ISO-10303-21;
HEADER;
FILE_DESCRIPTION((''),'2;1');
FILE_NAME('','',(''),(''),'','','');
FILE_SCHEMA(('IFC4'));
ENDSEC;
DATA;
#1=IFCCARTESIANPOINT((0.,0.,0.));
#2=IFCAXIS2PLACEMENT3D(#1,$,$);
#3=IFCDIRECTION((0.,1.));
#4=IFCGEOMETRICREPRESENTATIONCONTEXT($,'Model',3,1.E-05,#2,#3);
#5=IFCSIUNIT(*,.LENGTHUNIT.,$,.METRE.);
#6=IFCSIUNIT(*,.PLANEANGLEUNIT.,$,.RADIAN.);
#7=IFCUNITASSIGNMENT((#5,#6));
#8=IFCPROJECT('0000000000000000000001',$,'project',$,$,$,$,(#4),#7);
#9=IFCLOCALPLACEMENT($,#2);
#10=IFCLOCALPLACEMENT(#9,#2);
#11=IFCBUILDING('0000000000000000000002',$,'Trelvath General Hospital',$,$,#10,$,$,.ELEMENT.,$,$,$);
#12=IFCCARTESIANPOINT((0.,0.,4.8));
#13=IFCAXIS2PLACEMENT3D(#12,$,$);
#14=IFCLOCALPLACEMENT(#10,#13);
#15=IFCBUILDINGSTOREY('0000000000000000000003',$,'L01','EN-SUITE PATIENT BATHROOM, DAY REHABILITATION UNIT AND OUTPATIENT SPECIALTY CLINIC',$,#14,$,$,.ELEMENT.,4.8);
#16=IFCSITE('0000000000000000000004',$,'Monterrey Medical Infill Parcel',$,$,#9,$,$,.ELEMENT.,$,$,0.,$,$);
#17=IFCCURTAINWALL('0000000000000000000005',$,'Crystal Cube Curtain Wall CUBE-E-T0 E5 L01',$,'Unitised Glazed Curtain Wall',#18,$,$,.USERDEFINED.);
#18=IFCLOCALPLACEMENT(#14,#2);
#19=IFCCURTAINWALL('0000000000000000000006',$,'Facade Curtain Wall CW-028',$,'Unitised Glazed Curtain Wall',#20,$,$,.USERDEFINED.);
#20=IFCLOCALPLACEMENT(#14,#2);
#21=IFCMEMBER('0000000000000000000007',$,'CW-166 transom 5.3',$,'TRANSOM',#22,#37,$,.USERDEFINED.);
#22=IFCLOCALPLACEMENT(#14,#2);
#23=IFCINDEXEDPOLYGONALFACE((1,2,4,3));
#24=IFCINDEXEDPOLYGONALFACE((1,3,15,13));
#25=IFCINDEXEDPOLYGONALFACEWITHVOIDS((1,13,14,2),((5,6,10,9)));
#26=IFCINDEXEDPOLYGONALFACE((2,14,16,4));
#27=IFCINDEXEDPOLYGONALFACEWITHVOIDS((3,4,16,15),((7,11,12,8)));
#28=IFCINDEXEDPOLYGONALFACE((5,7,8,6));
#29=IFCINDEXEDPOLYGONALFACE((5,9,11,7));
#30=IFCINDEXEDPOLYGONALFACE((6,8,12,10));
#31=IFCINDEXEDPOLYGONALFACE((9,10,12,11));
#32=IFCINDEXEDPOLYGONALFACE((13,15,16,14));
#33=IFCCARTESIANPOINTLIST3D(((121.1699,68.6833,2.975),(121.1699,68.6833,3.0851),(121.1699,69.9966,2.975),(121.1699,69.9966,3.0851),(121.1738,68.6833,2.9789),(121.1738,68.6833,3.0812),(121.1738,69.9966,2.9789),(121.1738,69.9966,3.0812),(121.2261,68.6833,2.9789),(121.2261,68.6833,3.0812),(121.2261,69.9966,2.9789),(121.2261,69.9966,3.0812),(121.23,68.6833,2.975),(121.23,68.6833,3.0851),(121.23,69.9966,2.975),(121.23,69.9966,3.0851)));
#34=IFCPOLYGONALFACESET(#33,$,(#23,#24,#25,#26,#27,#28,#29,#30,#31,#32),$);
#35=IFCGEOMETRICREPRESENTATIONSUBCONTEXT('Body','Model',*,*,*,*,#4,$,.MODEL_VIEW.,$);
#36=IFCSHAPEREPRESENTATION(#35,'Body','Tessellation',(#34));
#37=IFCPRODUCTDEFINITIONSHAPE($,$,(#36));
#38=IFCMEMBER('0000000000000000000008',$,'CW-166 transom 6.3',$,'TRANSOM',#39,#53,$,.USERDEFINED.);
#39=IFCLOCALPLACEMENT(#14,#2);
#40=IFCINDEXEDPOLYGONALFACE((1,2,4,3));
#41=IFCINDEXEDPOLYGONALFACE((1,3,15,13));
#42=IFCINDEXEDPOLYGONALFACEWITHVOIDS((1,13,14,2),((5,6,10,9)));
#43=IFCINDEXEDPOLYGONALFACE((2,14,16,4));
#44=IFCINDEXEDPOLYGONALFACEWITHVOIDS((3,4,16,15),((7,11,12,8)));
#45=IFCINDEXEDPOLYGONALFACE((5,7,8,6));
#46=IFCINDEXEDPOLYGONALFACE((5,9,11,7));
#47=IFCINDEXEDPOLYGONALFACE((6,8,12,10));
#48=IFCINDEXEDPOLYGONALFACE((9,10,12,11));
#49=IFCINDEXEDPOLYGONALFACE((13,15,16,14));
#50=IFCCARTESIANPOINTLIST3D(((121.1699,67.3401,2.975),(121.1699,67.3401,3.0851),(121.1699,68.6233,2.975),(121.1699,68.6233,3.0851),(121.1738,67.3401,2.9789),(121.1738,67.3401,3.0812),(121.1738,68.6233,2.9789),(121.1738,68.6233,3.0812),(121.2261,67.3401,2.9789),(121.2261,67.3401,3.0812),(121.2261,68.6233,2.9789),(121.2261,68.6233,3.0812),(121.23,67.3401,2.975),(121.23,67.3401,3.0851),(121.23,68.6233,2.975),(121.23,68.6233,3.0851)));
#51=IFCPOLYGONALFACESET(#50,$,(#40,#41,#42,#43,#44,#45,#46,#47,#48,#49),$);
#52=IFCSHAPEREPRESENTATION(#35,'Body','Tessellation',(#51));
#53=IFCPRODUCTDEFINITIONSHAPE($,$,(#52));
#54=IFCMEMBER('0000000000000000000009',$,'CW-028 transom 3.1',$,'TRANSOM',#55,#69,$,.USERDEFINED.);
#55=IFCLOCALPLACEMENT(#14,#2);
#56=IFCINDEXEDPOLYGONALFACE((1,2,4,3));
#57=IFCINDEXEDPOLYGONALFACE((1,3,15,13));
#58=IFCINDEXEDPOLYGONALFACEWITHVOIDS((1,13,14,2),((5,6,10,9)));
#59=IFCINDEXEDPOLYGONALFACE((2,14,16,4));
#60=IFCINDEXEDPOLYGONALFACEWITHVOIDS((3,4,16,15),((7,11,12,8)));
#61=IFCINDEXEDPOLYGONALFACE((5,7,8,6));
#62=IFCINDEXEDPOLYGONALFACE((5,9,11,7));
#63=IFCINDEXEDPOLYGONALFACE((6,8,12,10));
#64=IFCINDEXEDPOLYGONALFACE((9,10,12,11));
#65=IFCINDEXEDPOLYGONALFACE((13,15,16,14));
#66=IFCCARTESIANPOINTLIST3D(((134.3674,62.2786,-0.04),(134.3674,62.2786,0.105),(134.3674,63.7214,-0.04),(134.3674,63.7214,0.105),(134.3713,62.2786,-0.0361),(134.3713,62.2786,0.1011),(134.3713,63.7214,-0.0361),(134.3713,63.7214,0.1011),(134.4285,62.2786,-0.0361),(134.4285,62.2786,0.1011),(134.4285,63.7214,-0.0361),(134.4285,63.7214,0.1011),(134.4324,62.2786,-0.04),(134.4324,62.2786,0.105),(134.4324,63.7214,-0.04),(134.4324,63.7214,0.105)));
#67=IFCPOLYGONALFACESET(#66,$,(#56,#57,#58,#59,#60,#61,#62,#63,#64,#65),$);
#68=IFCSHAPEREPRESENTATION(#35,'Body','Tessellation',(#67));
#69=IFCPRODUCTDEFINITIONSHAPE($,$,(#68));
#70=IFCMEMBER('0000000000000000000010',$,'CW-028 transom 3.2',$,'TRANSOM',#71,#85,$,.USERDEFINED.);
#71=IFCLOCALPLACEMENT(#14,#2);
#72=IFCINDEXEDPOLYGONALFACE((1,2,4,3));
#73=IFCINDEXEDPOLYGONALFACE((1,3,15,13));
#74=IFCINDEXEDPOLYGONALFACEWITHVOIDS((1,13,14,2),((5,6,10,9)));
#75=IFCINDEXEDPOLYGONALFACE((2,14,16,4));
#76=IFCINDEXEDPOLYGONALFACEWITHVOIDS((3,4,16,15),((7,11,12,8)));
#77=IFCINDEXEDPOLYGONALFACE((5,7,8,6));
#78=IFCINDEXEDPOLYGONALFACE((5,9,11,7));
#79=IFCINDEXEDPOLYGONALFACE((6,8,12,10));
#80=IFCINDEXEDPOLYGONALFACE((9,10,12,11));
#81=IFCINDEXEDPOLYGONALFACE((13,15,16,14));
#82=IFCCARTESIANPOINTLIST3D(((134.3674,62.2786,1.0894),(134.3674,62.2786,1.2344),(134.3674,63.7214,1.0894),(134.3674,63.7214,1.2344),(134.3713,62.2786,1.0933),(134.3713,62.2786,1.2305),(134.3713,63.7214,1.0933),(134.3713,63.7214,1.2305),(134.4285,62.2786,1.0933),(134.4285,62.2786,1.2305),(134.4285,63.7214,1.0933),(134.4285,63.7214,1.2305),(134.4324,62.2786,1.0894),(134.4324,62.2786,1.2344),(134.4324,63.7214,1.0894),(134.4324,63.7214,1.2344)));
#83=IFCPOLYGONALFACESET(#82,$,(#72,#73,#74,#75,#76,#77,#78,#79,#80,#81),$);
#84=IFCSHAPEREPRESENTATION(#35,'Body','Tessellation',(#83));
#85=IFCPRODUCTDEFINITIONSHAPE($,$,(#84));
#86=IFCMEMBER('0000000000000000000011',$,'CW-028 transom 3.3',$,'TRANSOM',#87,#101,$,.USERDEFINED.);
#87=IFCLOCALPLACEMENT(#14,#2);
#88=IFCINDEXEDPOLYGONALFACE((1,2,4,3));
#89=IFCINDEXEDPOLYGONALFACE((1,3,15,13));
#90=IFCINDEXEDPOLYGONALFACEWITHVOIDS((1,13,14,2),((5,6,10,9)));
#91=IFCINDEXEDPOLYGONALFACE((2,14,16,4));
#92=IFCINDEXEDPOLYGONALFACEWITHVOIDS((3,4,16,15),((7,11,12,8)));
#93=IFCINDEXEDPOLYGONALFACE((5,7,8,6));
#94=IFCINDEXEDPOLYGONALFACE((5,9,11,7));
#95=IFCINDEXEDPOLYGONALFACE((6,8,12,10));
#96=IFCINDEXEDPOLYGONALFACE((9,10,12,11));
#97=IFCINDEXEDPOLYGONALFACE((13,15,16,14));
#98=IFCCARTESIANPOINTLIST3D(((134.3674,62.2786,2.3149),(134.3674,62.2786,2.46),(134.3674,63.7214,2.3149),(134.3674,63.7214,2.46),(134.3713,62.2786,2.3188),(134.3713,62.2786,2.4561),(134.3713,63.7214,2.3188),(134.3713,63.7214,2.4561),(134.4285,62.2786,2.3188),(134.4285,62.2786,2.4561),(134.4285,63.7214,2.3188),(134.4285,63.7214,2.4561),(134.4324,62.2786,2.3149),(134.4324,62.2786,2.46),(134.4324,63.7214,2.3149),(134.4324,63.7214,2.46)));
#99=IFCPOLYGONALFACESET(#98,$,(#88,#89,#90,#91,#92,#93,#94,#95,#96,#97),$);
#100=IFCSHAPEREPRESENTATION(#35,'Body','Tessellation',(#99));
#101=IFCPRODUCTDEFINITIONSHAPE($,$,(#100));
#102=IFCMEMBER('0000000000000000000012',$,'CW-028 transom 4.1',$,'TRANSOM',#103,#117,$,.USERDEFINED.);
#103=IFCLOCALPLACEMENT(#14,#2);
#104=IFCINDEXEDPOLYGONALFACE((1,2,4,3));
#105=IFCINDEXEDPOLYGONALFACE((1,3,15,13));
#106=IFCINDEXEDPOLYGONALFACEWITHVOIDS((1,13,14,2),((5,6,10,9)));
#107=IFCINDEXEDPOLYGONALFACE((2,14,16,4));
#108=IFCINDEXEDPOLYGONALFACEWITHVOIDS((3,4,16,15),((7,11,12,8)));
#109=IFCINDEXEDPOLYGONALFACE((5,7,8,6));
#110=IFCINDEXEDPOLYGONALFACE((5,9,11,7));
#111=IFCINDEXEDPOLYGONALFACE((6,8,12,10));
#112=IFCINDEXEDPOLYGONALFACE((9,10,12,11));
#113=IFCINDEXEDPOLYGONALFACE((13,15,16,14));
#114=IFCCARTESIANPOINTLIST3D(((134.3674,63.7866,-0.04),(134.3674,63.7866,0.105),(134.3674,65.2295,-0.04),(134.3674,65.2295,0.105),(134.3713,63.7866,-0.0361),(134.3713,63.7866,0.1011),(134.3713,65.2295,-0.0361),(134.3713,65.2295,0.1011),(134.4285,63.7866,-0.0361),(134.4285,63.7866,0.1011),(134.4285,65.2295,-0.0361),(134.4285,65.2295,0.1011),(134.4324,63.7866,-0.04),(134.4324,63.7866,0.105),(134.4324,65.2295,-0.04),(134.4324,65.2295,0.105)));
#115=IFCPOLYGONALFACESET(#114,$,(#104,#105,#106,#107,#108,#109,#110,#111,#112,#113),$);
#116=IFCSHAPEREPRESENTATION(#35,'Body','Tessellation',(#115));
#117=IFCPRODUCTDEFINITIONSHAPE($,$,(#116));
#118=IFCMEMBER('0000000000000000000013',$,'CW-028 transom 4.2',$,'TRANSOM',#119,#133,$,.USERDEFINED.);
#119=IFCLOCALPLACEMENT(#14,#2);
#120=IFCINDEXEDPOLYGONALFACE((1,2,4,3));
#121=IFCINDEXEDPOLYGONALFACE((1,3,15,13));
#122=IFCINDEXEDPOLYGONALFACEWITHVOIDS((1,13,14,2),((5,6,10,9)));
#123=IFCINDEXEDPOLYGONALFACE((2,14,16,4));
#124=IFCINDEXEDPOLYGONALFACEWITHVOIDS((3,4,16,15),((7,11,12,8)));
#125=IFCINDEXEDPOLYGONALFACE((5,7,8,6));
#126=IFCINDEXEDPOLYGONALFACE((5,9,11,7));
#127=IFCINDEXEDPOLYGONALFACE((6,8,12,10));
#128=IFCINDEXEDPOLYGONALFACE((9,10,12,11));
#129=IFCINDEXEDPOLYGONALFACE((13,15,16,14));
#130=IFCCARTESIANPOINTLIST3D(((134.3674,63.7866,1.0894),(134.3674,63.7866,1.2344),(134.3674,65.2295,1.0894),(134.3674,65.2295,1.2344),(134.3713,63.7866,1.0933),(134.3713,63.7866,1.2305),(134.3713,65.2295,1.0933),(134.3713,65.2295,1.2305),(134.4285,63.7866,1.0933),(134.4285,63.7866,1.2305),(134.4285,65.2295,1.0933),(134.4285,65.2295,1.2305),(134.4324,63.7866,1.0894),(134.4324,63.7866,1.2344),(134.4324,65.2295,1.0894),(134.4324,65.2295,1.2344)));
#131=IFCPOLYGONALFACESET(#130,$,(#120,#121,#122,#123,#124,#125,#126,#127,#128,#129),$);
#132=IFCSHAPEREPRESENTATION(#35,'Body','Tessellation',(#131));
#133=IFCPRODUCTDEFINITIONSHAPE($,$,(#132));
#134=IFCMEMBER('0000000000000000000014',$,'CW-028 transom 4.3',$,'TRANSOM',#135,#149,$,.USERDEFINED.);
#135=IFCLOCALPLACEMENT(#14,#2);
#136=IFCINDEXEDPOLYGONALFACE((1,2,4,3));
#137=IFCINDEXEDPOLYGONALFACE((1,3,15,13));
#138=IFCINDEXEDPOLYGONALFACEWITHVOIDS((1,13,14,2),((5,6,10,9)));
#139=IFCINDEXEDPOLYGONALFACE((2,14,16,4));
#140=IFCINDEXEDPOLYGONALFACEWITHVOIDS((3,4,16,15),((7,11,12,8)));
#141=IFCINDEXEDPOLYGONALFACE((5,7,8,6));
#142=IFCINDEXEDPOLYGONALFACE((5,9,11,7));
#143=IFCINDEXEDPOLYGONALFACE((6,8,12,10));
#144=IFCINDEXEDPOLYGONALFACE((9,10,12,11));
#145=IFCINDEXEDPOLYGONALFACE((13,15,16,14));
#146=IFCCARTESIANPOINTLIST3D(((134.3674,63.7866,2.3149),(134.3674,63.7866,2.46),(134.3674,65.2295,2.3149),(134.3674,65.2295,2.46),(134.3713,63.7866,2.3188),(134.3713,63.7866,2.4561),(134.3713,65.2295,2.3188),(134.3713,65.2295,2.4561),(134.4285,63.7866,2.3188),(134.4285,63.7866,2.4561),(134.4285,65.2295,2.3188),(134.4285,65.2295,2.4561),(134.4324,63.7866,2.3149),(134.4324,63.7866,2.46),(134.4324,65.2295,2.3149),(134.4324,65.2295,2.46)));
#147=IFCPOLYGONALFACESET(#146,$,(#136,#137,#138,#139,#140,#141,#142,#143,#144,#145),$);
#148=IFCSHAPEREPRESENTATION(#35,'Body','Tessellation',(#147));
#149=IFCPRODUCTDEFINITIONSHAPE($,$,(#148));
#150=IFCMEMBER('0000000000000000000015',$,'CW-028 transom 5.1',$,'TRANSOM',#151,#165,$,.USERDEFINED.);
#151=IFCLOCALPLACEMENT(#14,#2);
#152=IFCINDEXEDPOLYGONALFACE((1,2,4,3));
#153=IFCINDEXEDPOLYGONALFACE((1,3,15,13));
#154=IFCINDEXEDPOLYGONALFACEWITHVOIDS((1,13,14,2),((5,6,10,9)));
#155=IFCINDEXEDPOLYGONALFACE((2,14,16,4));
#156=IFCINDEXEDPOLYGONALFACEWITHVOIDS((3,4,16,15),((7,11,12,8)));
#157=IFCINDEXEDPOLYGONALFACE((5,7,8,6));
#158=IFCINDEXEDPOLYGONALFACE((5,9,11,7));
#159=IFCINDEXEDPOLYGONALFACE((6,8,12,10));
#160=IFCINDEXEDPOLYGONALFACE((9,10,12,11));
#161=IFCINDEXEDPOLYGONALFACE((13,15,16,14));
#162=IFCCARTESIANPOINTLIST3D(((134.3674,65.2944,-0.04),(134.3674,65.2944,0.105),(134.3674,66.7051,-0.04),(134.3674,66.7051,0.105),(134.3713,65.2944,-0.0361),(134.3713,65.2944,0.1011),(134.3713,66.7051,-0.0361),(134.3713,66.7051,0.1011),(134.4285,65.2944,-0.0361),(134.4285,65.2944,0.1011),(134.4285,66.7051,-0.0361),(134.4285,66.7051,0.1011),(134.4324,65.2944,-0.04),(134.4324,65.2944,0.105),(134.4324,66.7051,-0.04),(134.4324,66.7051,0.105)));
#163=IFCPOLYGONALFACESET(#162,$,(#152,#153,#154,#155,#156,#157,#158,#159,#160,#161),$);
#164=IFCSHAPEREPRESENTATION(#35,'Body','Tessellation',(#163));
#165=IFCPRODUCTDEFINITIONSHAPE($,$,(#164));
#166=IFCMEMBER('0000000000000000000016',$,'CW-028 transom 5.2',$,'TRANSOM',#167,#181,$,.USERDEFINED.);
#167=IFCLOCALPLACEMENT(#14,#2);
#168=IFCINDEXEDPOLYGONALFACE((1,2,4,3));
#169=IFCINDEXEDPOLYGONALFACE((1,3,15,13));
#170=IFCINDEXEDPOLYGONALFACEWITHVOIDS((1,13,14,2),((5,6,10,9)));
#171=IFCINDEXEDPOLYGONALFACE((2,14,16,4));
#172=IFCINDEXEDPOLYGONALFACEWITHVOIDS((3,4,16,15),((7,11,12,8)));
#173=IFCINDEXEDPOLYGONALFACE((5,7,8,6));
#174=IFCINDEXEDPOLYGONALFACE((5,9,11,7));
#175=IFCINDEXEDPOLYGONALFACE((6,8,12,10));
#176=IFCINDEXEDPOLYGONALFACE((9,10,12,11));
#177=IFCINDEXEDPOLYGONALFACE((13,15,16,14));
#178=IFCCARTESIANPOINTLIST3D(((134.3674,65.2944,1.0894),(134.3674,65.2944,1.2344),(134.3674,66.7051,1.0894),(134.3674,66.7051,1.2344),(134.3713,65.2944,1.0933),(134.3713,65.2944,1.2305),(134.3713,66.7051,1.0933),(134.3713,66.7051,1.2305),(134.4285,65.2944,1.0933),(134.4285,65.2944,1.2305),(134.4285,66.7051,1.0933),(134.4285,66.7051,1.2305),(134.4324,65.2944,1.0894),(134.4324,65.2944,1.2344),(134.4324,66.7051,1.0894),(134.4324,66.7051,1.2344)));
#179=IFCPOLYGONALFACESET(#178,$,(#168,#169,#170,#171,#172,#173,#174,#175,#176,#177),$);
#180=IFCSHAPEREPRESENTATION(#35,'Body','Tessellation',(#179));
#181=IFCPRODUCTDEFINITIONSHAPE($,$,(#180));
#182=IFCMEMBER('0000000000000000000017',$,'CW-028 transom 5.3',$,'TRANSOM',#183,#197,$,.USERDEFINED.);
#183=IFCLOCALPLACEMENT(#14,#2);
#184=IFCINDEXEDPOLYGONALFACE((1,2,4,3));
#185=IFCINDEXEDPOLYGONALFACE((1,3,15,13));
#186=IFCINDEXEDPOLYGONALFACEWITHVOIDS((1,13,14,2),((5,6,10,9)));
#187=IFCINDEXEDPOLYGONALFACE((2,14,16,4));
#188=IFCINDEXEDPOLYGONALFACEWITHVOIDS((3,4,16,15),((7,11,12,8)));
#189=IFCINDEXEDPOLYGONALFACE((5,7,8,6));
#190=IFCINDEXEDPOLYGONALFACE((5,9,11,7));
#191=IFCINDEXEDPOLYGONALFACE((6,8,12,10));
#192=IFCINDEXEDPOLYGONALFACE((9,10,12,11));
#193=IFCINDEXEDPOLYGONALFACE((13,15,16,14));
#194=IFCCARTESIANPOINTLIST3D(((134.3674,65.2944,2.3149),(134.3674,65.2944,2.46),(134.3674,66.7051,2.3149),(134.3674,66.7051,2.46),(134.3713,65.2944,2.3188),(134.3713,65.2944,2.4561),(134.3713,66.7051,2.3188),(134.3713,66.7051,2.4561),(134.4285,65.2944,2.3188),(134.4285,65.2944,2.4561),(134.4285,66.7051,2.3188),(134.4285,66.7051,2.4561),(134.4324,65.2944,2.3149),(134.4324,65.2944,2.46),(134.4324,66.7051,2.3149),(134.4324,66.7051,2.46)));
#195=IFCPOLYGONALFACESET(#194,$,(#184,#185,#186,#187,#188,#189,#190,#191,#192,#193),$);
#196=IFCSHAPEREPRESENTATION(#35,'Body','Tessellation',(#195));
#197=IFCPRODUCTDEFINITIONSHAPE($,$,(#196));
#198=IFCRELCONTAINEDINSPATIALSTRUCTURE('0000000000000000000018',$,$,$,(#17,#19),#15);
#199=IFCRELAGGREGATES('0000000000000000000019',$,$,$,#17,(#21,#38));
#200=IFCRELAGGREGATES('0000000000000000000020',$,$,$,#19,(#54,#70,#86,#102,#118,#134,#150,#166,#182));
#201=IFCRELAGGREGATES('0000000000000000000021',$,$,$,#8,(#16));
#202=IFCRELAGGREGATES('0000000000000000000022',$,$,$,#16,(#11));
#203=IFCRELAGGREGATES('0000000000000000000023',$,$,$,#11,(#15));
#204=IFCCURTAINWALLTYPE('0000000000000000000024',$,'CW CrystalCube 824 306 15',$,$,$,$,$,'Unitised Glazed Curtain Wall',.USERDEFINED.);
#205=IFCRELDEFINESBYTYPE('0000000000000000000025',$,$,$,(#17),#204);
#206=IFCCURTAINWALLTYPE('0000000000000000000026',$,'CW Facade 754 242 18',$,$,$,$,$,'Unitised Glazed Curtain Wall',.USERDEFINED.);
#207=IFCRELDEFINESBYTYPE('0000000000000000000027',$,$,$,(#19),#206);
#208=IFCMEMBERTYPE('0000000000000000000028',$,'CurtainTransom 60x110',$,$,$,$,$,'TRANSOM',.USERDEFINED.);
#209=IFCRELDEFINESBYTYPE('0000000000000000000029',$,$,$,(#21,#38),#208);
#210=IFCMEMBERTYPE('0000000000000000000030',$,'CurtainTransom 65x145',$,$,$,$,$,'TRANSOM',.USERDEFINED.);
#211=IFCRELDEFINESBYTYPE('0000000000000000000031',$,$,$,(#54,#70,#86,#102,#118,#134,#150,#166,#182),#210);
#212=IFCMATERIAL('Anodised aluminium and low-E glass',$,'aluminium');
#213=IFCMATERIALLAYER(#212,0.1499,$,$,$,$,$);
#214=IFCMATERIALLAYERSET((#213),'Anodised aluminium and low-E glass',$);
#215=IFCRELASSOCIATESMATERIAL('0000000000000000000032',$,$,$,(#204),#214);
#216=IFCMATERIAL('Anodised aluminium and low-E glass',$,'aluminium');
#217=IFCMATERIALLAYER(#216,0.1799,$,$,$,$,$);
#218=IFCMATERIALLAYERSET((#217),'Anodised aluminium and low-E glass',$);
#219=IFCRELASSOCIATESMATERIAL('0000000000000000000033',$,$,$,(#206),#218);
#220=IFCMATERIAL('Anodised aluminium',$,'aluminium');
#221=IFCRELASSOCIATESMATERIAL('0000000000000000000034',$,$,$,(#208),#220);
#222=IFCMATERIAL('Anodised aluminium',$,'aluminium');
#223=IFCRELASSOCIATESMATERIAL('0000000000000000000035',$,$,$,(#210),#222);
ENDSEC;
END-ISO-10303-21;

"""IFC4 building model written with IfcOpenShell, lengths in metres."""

from ifc_helpers import new_model, si_unit, direction, frame, origin, origin_2d, place, context, subcontext, project, spatial, hollow_rectangle, extrude, material, layer, layer_set, material_profile, profile_set, type_object, element, aggregate, save


model = new_model("IFC4")

# Units and contexts
model_context = context("Model", 3, precision=1e-05, world=origin(), true_north=direction((0.0, 1.0)))
body_context = subcontext(model_context, "Body", "Model", "MODEL_VIEW")
ifc_project = project(units=[si_unit("LENGTHUNIT", "METRE"), si_unit("PLANEANGLEUNIT", "RADIAN")], contexts=[model_context])

# Site, building, storey
site_placement = place(None, origin())
site = spatial("IfcSite", under=ifc_project, at=site_placement, Name="Monterrey Medical Infill Parcel", CompositionType="ELEMENT", RefElevation=0.0)
building_placement = place(site_placement, origin())
building = spatial("IfcBuilding", under=site, at=building_placement, Name="Trelvath General Hospital", CompositionType="ELEMENT")
storey_placement = place(building_placement, frame((0.0, 0.0, 4.8)))
storey = spatial("IfcBuildingStorey", under=building, at=storey_placement, Name="L01", Description="EN-SUITE PATIENT BATHROOM, DAY REHABILITATION UNIT AND OUTPATIENT SPECIALTY CLINIC", CompositionType="ELEMENT", Elevation=4.8)

# Curtain walls
ifc_material_1 = material(Name="Anodised aluminium and low-E glass", Category="aluminium")
ifc_layer_1 = layer(ifc_material_1, 0.1499)
ifc_layer_set_1 = layer_set([ifc_layer_1], Name="Anodised aluminium and low-E glass")
curtain_wall_type_1 = type_object("IfcCurtainWallType", Name="CW CrystalCube 824 306 15", ElementType="Unitised Glazed Curtain Wall", PredefinedType="USERDEFINED", material=ifc_layer_set_1)
curtain_wall_1_placement = place(storey_placement, origin())
curtain_wall_1 = element("IfcCurtainWall", 1, at=curtain_wall_1_placement, inside=storey, type_object=curtain_wall_type_1, Name="Crystal Cube Curtain Wall CUBE-E-T0 E5 L01", ObjectType="Unitised Glazed Curtain Wall", PredefinedType="USERDEFINED")
ifc_material_2 = material(Name="Anodised aluminium and low-E glass", Category="aluminium")
ifc_layer_2 = layer(ifc_material_2, 0.1799)
ifc_layer_set_2 = layer_set([ifc_layer_2], Name="Anodised aluminium and low-E glass")
curtain_wall_type_2 = type_object("IfcCurtainWallType", Name="CW Facade 754 242 18", ElementType="Unitised Glazed Curtain Wall", PredefinedType="USERDEFINED", material=ifc_layer_set_2)
curtain_wall_2_placement = place(storey_placement, origin())
curtain_wall_2 = element("IfcCurtainWall", 2, at=curtain_wall_2_placement, inside=storey, type_object=curtain_wall_type_2, Name="Facade Curtain Wall CW-028", ObjectType="Unitised Glazed Curtain Wall", PredefinedType="USERDEFINED")

# Members
ifc_material_3 = material(Name="Anodised aluminium", Category="aluminium")
ifc_material_profile_1 = material_profile(ifc_material_3, hollow_rectangle(XDim=0.0601, YDim=0.1101, WallThickness=0.0039, at=origin_2d()), Name="RHS60x110x4")
ifc_profile_set_1 = profile_set([ifc_material_profile_1], Name="Anodised aluminium")
member_type_1 = type_object("IfcMemberType", Name="CurtainTransom 60x110", ElementType="TRANSOM", PredefinedType="USERDEFINED", material=ifc_profile_set_1)
member_1_placement = place(storey_placement, frame((121.2, 69.9966, 3.03), z_axis=(0.0, -1.0, 0.0), x_axis=(1.0, 0.0, 0.0)))
member_1 = element("IfcMember", 3, at=member_1_placement, type_object=member_type_1, Name="CW-166 transom 5.3", ObjectType="TRANSOM", PredefinedType="USERDEFINED", context=body_context, shape_type="SweptSolid", body=[
    extrude(hollow_rectangle(XDim=0.0601, YDim=0.1101, WallThickness=0.0039, at=origin_2d()), origin(), (0.0, 0.0, 1.0), 1.3132),
])
member_2_placement = place(storey_placement, frame((121.2, 68.6233, 3.03), z_axis=(0.0, -1.0, 0.0), x_axis=(1.0, 0.0, 0.0)))
member_2 = element("IfcMember", 4, at=member_2_placement, type_object=member_type_1, Name="CW-166 transom 6.3", ObjectType="TRANSOM", PredefinedType="USERDEFINED", context=body_context, shape_type="SweptSolid", body=[
    extrude(hollow_rectangle(XDim=0.0601, YDim=0.1101, WallThickness=0.0039, at=origin_2d()), origin(), (0.0, 0.0, 1.0), 1.2832),
])
ifc_material_4 = material(Name="Anodised aluminium", Category="aluminium")
ifc_material_profile_2 = material_profile(ifc_material_4, hollow_rectangle(XDim=0.0649, YDim=0.145, WallThickness=0.0039, at=origin_2d()), Name="RHS65x145x4")
ifc_profile_set_2 = profile_set([ifc_material_profile_2], Name="Anodised aluminium")
member_type_2 = type_object("IfcMemberType", Name="CurtainTransom 65x145", ElementType="TRANSOM", PredefinedType="USERDEFINED", material=ifc_profile_set_2)
member_3_placement = place(storey_placement, frame((134.3999, 62.2786, 0.0325), z_axis=(0.0, 1.0, 0.0), x_axis=(-1.0, 0.0, 0.0)))
member_3 = element("IfcMember", 5, at=member_3_placement, type_object=member_type_2, Name="CW-028 transom 3.1", ObjectType="TRANSOM", PredefinedType="USERDEFINED", context=body_context, shape_type="SweptSolid", body=[
    extrude(hollow_rectangle(XDim=0.0649, YDim=0.145, WallThickness=0.0039, at=origin_2d()), origin(), (0.0, 0.0, 1.0), 1.4429),
])
member_4_placement = place(storey_placement, frame((134.3999, 62.2786, 1.1619), z_axis=(0.0, 1.0, 0.0), x_axis=(-1.0, 0.0, 0.0)))
member_4 = element("IfcMember", 6, at=member_4_placement, type_object=member_type_2, Name="CW-028 transom 3.2", ObjectType="TRANSOM", PredefinedType="USERDEFINED", context=body_context, shape_type="SweptSolid", body=[
    extrude(hollow_rectangle(XDim=0.0649, YDim=0.145, WallThickness=0.0039, at=origin_2d()), origin(), (0.0, 0.0, 1.0), 1.4429),
])
member_5_placement = place(storey_placement, frame((134.3999, 62.2786, 2.3875), z_axis=(0.0, 1.0, 0.0), x_axis=(-1.0, 0.0, 0.0)))
member_5 = element("IfcMember", 7, at=member_5_placement, type_object=member_type_2, Name="CW-028 transom 3.3", ObjectType="TRANSOM", PredefinedType="USERDEFINED", context=body_context, shape_type="SweptSolid", body=[
    extrude(hollow_rectangle(XDim=0.0649, YDim=0.145, WallThickness=0.0039, at=origin_2d()), origin(), (0.0, 0.0, 1.0), 1.4429),
])
member_6_placement = place(storey_placement, frame((134.3999, 63.7866, 0.0325), z_axis=(0.0, 1.0, 0.0), x_axis=(-1.0, 0.0, 0.0)))
member_6 = element("IfcMember", 8, at=member_6_placement, type_object=member_type_2, Name="CW-028 transom 4.1", ObjectType="TRANSOM", PredefinedType="USERDEFINED", context=body_context, shape_type="SweptSolid", body=[
    extrude(hollow_rectangle(XDim=0.0649, YDim=0.145, WallThickness=0.0039, at=origin_2d()), origin(), (0.0, 0.0, 1.0), 1.4429),
])
member_7_placement = place(storey_placement, frame((134.3999, 63.7866, 1.1619), z_axis=(0.0, 1.0, 0.0), x_axis=(-1.0, 0.0, 0.0)))
member_7 = element("IfcMember", 9, at=member_7_placement, type_object=member_type_2, Name="CW-028 transom 4.2", ObjectType="TRANSOM", PredefinedType="USERDEFINED", context=body_context, shape_type="SweptSolid", body=[
    extrude(hollow_rectangle(XDim=0.0649, YDim=0.145, WallThickness=0.0039, at=origin_2d()), origin(), (0.0, 0.0, 1.0), 1.4429),
])
member_8_placement = place(storey_placement, frame((134.3999, 63.7866, 2.3875), z_axis=(0.0, 1.0, 0.0), x_axis=(-1.0, 0.0, 0.0)))
member_8 = element("IfcMember", 10, at=member_8_placement, type_object=member_type_2, Name="CW-028 transom 4.3", ObjectType="TRANSOM", PredefinedType="USERDEFINED", context=body_context, shape_type="SweptSolid", body=[
    extrude(hollow_rectangle(XDim=0.0649, YDim=0.145, WallThickness=0.0039, at=origin_2d()), origin(), (0.0, 0.0, 1.0), 1.4429),
])
member_9_placement = place(storey_placement, frame((134.3999, 65.2944, 0.0325), z_axis=(0.0, 1.0, 0.0), x_axis=(-1.0, 0.0, 0.0)))
member_9 = element("IfcMember", 11, at=member_9_placement, type_object=member_type_2, Name="CW-028 transom 5.1", ObjectType="TRANSOM", PredefinedType="USERDEFINED", context=body_context, shape_type="SweptSolid", body=[
    extrude(hollow_rectangle(XDim=0.0649, YDim=0.145, WallThickness=0.0039, at=origin_2d()), origin(), (0.0, 0.0, 1.0), 1.4106),
])
member_10_placement = place(storey_placement, frame((134.3999, 65.2944, 1.1619), z_axis=(0.0, 1.0, 0.0), x_axis=(-1.0, 0.0, 0.0)))
member_10 = element("IfcMember", 12, at=member_10_placement, type_object=member_type_2, Name="CW-028 transom 5.2", ObjectType="TRANSOM", PredefinedType="USERDEFINED", context=body_context, shape_type="SweptSolid", body=[
    extrude(hollow_rectangle(XDim=0.0649, YDim=0.145, WallThickness=0.0039, at=origin_2d()), origin(), (0.0, 0.0, 1.0), 1.4106),
])
member_11_placement = place(storey_placement, frame((134.3999, 65.2944, 2.3875), z_axis=(0.0, 1.0, 0.0), x_axis=(-1.0, 0.0, 0.0)))
member_11 = element("IfcMember", 13, at=member_11_placement, type_object=member_type_2, Name="CW-028 transom 5.3", ObjectType="TRANSOM", PredefinedType="USERDEFINED", context=body_context, shape_type="SweptSolid", body=[
    extrude(hollow_rectangle(XDim=0.0649, YDim=0.145, WallThickness=0.0039, at=origin_2d()), origin(), (0.0, 0.0, 1.0), 1.4106),
])

aggregate(curtain_wall_1, [member_1, member_2])
aggregate(curtain_wall_2, [member_3, member_4, member_5, member_6, member_7, member_8, member_9, member_10, member_11])

save(model, "model.ifc")
